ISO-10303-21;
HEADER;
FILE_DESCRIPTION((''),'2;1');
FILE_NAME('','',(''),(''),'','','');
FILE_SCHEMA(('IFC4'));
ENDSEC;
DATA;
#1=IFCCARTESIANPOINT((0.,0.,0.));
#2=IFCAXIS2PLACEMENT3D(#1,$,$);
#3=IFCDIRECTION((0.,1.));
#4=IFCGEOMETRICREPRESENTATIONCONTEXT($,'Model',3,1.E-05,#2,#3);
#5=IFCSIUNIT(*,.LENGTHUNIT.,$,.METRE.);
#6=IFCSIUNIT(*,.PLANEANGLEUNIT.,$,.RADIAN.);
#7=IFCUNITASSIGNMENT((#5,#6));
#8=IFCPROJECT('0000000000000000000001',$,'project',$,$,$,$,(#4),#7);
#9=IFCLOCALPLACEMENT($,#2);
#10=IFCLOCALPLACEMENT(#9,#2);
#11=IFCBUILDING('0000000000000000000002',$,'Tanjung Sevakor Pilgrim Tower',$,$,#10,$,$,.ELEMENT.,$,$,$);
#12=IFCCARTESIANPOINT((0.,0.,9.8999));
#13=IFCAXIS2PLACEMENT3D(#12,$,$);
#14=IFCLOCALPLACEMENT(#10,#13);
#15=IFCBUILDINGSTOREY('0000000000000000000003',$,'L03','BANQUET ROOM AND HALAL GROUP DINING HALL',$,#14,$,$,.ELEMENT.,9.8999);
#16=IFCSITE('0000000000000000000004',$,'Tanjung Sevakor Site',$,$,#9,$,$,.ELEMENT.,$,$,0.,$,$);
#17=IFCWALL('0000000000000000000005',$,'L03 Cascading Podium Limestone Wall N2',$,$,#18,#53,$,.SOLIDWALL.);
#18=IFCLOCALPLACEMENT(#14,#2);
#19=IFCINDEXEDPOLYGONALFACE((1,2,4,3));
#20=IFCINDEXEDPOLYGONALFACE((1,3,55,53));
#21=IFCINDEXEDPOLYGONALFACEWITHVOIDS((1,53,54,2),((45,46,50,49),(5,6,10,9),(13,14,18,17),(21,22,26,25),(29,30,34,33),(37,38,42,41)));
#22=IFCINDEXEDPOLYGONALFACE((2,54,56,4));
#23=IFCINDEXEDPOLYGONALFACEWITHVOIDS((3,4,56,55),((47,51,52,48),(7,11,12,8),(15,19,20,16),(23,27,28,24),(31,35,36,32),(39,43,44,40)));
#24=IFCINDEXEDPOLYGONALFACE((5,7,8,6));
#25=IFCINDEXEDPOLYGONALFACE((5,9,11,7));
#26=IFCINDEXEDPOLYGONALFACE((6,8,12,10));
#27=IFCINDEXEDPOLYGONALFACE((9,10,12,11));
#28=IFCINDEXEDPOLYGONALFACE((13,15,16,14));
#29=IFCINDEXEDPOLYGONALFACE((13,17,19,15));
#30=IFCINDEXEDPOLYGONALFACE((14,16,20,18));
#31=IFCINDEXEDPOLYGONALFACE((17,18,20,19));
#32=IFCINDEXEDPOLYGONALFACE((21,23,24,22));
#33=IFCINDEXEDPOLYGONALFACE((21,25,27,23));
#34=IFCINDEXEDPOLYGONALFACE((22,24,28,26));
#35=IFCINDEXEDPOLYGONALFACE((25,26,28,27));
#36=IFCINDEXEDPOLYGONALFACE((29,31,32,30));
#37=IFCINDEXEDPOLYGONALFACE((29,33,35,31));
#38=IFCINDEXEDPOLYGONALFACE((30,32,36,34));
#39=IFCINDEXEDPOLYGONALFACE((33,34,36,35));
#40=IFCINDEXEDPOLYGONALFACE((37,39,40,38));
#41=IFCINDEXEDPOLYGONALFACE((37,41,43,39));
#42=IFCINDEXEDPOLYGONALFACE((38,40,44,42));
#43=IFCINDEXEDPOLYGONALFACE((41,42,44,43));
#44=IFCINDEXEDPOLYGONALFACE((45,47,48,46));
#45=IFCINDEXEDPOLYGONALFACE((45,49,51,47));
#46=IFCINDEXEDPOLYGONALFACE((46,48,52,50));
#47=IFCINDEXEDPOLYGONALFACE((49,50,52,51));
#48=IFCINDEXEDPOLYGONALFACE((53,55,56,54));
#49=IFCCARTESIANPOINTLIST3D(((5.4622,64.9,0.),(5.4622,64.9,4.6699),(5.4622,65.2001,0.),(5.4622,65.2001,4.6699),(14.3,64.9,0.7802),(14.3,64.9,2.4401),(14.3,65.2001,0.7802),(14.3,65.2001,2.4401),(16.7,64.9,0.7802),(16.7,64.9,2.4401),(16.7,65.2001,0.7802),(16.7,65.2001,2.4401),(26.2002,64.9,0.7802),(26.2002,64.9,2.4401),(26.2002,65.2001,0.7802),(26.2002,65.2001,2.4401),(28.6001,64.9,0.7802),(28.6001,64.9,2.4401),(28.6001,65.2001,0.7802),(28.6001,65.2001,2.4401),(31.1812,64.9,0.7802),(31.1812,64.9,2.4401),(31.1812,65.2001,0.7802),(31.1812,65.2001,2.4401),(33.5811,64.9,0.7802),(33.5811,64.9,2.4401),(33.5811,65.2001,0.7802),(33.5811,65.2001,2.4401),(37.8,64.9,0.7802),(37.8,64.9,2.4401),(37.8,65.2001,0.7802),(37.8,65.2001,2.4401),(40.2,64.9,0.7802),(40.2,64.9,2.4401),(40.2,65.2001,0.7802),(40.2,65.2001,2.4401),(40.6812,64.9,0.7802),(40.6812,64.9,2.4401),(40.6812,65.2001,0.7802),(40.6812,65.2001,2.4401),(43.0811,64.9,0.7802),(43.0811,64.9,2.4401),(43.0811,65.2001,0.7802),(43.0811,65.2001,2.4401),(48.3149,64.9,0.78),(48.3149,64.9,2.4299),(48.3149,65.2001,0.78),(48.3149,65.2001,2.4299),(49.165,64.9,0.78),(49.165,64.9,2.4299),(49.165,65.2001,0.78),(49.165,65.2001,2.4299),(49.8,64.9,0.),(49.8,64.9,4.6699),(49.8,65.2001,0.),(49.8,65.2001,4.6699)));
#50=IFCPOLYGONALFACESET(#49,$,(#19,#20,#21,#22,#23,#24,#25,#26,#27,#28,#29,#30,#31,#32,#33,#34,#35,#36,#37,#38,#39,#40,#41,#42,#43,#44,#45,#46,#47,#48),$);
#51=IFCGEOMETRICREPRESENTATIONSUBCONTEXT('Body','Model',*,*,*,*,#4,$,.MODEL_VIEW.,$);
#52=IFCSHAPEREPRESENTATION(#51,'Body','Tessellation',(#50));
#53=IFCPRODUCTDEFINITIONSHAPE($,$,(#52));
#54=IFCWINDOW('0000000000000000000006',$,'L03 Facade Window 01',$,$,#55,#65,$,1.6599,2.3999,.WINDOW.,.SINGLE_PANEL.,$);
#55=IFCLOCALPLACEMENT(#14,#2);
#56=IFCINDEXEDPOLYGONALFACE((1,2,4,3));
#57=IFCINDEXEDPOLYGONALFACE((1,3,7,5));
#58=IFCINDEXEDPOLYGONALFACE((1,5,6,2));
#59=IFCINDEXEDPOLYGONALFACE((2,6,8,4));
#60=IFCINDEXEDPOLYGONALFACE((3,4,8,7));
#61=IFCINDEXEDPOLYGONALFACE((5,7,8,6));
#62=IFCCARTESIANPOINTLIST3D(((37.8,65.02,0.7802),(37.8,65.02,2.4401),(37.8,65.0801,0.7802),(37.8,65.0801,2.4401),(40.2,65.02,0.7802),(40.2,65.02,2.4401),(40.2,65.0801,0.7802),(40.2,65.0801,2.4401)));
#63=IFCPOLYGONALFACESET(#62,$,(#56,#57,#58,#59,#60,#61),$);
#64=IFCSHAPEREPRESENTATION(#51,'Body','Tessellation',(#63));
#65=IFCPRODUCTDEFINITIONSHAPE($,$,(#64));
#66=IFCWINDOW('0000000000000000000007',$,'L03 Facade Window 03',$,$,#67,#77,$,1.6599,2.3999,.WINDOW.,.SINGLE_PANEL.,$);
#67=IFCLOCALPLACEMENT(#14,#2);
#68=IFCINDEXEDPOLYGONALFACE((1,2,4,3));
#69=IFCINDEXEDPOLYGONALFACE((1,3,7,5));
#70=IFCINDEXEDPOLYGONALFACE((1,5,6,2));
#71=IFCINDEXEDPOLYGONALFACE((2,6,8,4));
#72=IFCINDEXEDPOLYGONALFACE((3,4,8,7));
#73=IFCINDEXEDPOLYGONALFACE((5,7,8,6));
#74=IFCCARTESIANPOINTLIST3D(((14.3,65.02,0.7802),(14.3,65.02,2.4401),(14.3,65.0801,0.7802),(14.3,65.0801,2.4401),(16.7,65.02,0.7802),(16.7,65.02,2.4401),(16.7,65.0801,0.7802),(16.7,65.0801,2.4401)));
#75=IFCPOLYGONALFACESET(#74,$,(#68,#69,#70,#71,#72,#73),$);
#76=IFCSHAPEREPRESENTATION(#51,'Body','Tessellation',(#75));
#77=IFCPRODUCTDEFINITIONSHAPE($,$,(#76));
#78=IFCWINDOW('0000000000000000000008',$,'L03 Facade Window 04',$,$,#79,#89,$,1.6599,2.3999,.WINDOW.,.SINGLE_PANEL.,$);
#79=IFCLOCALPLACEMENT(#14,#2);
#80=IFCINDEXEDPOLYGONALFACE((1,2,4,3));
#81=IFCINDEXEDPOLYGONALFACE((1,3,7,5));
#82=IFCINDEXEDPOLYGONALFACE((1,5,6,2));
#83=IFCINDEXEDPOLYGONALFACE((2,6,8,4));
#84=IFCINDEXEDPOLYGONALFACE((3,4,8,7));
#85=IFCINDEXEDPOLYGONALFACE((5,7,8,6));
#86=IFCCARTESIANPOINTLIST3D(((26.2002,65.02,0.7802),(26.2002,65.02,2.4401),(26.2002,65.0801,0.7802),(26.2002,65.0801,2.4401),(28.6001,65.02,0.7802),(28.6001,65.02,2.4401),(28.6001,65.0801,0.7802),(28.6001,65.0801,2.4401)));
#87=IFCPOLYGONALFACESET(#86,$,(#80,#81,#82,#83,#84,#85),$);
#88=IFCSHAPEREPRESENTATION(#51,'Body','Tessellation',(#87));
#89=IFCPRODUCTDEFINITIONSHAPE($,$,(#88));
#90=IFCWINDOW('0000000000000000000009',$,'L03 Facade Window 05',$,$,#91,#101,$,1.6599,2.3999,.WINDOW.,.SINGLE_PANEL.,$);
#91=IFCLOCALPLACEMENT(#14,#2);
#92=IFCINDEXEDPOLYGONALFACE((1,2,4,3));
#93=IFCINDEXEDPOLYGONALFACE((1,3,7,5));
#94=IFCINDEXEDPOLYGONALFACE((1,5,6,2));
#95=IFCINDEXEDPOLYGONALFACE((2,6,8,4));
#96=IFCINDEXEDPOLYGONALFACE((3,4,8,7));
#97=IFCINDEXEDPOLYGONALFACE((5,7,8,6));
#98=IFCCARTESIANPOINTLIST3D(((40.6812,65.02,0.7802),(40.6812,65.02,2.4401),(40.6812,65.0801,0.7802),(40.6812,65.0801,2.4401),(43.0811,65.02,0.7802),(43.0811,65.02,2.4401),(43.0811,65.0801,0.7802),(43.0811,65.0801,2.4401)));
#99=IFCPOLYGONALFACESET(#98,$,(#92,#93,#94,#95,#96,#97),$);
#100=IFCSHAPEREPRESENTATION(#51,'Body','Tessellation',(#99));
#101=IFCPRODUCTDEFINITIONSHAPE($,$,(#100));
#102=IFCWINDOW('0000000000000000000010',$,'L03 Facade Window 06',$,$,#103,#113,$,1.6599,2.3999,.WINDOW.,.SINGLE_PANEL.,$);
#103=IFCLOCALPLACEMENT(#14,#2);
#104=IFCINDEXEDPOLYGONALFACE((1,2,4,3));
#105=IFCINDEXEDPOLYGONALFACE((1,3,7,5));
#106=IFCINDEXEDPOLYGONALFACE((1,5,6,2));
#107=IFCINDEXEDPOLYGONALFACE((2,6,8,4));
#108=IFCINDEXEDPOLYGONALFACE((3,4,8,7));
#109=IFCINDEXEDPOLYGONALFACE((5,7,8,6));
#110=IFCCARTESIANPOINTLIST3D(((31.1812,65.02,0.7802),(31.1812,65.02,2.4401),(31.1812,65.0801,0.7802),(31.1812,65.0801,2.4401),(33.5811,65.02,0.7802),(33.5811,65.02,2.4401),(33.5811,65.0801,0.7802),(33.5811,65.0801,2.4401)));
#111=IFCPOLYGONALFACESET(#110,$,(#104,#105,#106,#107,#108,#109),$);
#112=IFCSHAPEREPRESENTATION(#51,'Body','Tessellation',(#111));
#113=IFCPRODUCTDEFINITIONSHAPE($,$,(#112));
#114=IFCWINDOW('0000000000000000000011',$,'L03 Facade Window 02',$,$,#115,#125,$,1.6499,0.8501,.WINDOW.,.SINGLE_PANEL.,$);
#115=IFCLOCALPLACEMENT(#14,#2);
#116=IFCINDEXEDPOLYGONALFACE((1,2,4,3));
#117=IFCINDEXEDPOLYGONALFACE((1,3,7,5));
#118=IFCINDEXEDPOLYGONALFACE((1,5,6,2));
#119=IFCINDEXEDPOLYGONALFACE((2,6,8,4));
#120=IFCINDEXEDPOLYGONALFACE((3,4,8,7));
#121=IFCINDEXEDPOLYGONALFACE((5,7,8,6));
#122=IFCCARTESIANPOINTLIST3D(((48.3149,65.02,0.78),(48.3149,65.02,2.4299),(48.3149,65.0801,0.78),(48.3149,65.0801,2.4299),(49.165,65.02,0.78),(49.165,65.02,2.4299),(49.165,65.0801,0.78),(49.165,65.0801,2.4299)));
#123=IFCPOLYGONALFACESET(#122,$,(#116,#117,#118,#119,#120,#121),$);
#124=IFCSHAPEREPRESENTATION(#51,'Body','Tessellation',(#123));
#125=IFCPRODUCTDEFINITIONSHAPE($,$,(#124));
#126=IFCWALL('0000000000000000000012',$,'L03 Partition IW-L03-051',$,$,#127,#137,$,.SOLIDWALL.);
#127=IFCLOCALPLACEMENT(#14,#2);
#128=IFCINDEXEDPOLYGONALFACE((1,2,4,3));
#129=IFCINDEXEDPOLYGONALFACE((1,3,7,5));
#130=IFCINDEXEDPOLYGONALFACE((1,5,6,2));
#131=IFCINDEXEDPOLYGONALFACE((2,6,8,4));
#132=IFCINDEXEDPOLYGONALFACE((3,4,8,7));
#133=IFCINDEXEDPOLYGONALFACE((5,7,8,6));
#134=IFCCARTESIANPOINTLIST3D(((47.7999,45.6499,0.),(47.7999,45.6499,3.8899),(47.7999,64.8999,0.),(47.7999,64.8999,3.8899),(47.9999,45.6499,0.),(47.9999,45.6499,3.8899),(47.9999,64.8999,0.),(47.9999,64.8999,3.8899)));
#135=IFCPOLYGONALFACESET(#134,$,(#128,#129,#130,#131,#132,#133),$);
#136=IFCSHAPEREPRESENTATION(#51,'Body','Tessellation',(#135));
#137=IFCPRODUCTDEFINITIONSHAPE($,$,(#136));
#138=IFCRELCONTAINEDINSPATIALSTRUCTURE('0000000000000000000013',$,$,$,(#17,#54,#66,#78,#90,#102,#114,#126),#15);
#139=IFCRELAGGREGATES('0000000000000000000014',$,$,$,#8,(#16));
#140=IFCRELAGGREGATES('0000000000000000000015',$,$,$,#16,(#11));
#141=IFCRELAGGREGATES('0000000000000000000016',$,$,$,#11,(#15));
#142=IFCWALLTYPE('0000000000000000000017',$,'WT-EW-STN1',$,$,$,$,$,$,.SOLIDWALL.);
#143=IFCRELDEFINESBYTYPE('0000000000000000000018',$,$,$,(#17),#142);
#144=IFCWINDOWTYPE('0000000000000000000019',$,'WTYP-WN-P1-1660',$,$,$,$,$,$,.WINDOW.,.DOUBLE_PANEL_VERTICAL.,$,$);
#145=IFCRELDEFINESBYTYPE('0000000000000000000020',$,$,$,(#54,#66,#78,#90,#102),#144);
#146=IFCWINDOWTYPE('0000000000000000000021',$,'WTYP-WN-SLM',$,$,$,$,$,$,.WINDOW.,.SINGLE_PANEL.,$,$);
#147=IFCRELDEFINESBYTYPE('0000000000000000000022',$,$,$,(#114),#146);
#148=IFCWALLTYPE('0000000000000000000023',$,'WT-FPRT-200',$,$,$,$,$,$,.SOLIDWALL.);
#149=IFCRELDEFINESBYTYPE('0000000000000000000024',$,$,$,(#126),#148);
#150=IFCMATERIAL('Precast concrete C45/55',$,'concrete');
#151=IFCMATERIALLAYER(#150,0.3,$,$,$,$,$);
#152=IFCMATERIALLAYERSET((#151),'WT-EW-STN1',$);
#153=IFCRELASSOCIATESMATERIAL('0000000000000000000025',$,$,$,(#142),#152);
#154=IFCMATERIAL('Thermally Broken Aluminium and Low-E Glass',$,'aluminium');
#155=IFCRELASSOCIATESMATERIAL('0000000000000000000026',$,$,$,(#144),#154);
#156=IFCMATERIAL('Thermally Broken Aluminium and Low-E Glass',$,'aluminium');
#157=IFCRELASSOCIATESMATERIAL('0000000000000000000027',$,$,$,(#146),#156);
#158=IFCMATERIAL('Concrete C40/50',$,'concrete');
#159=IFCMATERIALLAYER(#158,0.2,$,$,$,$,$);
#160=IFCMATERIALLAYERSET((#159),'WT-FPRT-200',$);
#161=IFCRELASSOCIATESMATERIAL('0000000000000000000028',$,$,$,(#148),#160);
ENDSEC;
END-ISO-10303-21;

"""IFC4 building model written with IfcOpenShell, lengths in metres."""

from ifc_helpers import new_model, si_unit, direction, frame, frame_2d, origin, place, context, subcontext, project, spatial, rectangle, extrude, material, layer, layer_set, type_object, element, fill, save


model = new_model("IFC4")

# Units and contexts
model_context = context("Model", 3, precision=1e-05, world=origin(), true_north=direction((0.0, 1.0)))
body_context = subcontext(model_context, "Body", "Model", "MODEL_VIEW")
ifc_project = project(units=[si_unit("LENGTHUNIT", "METRE"), si_unit("PLANEANGLEUNIT", "RADIAN")], contexts=[model_context])

# Site, building, storey
site_placement = place(None, origin())
site = spatial("IfcSite", under=ifc_project, at=site_placement, Name="Tanjung Sevakor Site", CompositionType="ELEMENT", RefElevation=0.0)
building_placement = place(site_placement, origin())
building = spatial("IfcBuilding", under=site, at=building_placement, Name="Tanjung Sevakor Pilgrim Tower", CompositionType="ELEMENT")
storey_placement = place(building_placement, frame((0.0, 0.0, 9.8999)))
storey = spatial("IfcBuildingStorey", under=building, at=storey_placement, Name="L03", Description="BANQUET ROOM AND HALAL GROUP DINING HALL", CompositionType="ELEMENT", Elevation=9.8999)

# Wall, openings, windows
ifc_material_1 = material(Name="Precast concrete C45/55", Category="concrete")
ifc_layer_1 = layer(ifc_material_1, 0.3)
ifc_layer_set_1 = layer_set([ifc_layer_1], Name="WT-EW-STN1")
wall_type_1 = type_object("IfcWallType", Name="WT-EW-STN1", PredefinedType="SOLIDWALL", material=ifc_layer_set_1)
wall_1_placement = place(storey_placement, frame((49.8, 65.05, 0.0), z_axis=(0.0, 0.0, 1.0), x_axis=(-1.0, 0.0, 0.0)))
wall_1 = element("IfcWall", 1, at=wall_1_placement, inside=storey, type_object=wall_type_1, Name="L03 Cascading Podium Limestone Wall N2", PredefinedType="SOLIDWALL", context=body_context, shape_type="SweptSolid", body=[
    extrude(rectangle(XDim=44.3379, YDim=0.3, at=frame_2d((22.1689, 0.0))), origin(), (0.0, 0.0, 1.0), 4.6699),
])
opening_1_placement = place(wall_1_placement, frame((9.6001, 0.0, 0.78)))
opening_1 = element("IfcOpeningElement", 2, at=opening_1_placement, cuts=wall_1, PredefinedType="OPENING", context=body_context, shape_type="SweptSolid", body=[
    extrude(rectangle(XDim=2.3999, YDim=1.6599, at=frame_2d((1.2, 0.8301))), frame((0.0, 0.1599, 0.0), z_axis=(0.0, -1.0, 0.0), x_axis=(1.0, 0.0, 0.0)), (0.0, 0.0, 1.0), 0.3201),
])
opening_2_placement = place(wall_1_placement, frame((0.635, 0.0, 0.78)))
opening_2 = element("IfcOpeningElement", 3, at=opening_2_placement, cuts=wall_1, PredefinedType="OPENING", context=body_context, shape_type="SweptSolid", body=[
    extrude(rectangle(XDim=0.8501, YDim=1.6499, at=frame_2d((0.425, 0.825))), frame((0.0, 0.1599, 0.0), z_axis=(0.0, -1.0, 0.0), x_axis=(1.0, 0.0, 0.0)), (0.0, 0.0, 1.0), 0.3201),
])
opening_3_placement = place(wall_1_placement, frame((33.1001, 0.0, 0.78)))
opening_3 = element("IfcOpeningElement", 4, at=opening_3_placement, cuts=wall_1, PredefinedType="OPENING", context=body_context, shape_type="SweptSolid", body=[
    extrude(rectangle(XDim=2.3999, YDim=1.6599, at=frame_2d((1.2, 0.8301))), frame((0.0, 0.1599, 0.0), z_axis=(0.0, -1.0, 0.0), x_axis=(1.0, 0.0, 0.0)), (0.0, 0.0, 1.0), 0.3201),
])
opening_4_placement = place(wall_1_placement, frame((21.2, 0.0, 0.78)))
opening_4 = element("IfcOpeningElement", 5, at=opening_4_placement, cuts=wall_1, PredefinedType="OPENING", context=body_context, shape_type="SweptSolid", body=[
    extrude(rectangle(XDim=2.3999, YDim=1.6599, at=frame_2d((1.2, 0.8301))), frame((0.0, 0.1599, 0.0), z_axis=(0.0, -1.0, 0.0), x_axis=(1.0, 0.0, 0.0)), (0.0, 0.0, 1.0), 0.3201),
])
opening_5_placement = place(wall_1_placement, frame((6.719, 0.0, 0.78)))
opening_5 = element("IfcOpeningElement", 6, at=opening_5_placement, cuts=wall_1, PredefinedType="OPENING", context=body_context, shape_type="SweptSolid", body=[
    extrude(rectangle(XDim=2.3999, YDim=1.6599, at=frame_2d((1.2, 0.8301))), frame((0.0, 0.1599, 0.0), z_axis=(0.0, -1.0, 0.0), x_axis=(1.0, 0.0, 0.0)), (0.0, 0.0, 1.0), 0.3201),
])
opening_6_placement = place(wall_1_placement, frame((16.219, 0.0, 0.78)))
opening_6 = element("IfcOpeningElement", 7, at=opening_6_placement, cuts=wall_1, PredefinedType="OPENING", context=body_context, shape_type="SweptSolid", body=[
    extrude(rectangle(XDim=2.3999, YDim=1.6599, at=frame_2d((1.2, 0.8301))), frame((0.0, 0.1599, 0.0), z_axis=(0.0, -1.0, 0.0), x_axis=(1.0, 0.0, 0.0)), (0.0, 0.0, 1.0), 0.3201),
])
ifc_material_2 = material(Name="Thermally Broken Aluminium and Low-E Glass", Category="aluminium")
window_type_1 = type_object("IfcWindowType", Name="WTYP-WN-P1-1660", PartitioningType="DOUBLE_PANEL_VERTICAL", PredefinedType="WINDOW", material=ifc_material_2)
window_1_placement = place(opening_1_placement, origin())
window_1 = element("IfcWindow", 8, at=window_1_placement, inside=storey, type_object=window_type_1, Name="L03 Facade Window 01", OverallHeight=1.6599, OverallWidth=2.3999, PartitioningType="SINGLE_PANEL", PredefinedType="WINDOW", context=body_context, shape_type="SweptSolid", body=[
    extrude(rectangle(XDim=2.3999, YDim=1.6599, at=frame_2d((1.2, 0.8301))), frame((0.0, 0.03, 0.0), z_axis=(0.0, -1.0, 0.0), x_axis=(1.0, 0.0, 0.0)), (0.0, 0.0, 1.0), 0.0601),
])
fill(opening_1, window_1)
window_2_placement = place(opening_3_placement, origin())
window_2 = element("IfcWindow", 9, at=window_2_placement, inside=storey, type_object=window_type_1, Name="L03 Facade Window 03", OverallHeight=1.6599, OverallWidth=2.3999, PartitioningType="SINGLE_PANEL", PredefinedType="WINDOW", context=body_context, shape_type="SweptSolid", body=[
    extrude(rectangle(XDim=2.3999, YDim=1.6599, at=frame_2d((1.2, 0.8301))), frame((0.0, 0.03, 0.0), z_axis=(0.0, -1.0, 0.0), x_axis=(1.0, 0.0, 0.0)), (0.0, 0.0, 1.0), 0.0601),
])
fill(opening_3, window_2)
window_3_placement = place(opening_4_placement, origin())
window_3 = element("IfcWindow", 10, at=window_3_placement, inside=storey, type_object=window_type_1, Name="L03 Facade Window 04", OverallHeight=1.6599, OverallWidth=2.3999, PartitioningType="SINGLE_PANEL", PredefinedType="WINDOW", context=body_context, shape_type="SweptSolid", body=[
    extrude(rectangle(XDim=2.3999, YDim=1.6599, at=frame_2d((1.2, 0.8301))), frame((0.0, 0.03, 0.0), z_axis=(0.0, -1.0, 0.0), x_axis=(1.0, 0.0, 0.0)), (0.0, 0.0, 1.0), 0.0601),
])
fill(opening_4, window_3)
window_4_placement = place(opening_5_placement, origin())
window_4 = element("IfcWindow", 11, at=window_4_placement, inside=storey, type_object=window_type_1, Name="L03 Facade Window 05", OverallHeight=1.6599, OverallWidth=2.3999, PartitioningType="SINGLE_PANEL", PredefinedType="WINDOW", context=body_context, shape_type="SweptSolid", body=[
    extrude(rectangle(XDim=2.3999, YDim=1.6599, at=frame_2d((1.2, 0.8301))), frame((0.0, 0.03, 0.0), z_axis=(0.0, -1.0, 0.0), x_axis=(1.0, 0.0, 0.0)), (0.0, 0.0, 1.0), 0.0601),
])
fill(opening_5, window_4)
window_5_placement = place(opening_6_placement, origin())
window_5 = element("IfcWindow", 12, at=window_5_placement, inside=storey, type_object=window_type_1, Name="L03 Facade Window 06", OverallHeight=1.6599, OverallWidth=2.3999, PartitioningType="SINGLE_PANEL", PredefinedType="WINDOW", context=body_context, shape_type="SweptSolid", body=[
    extrude(rectangle(XDim=2.3999, YDim=1.6599, at=frame_2d((1.2, 0.8301))), frame((0.0, 0.03, 0.0), z_axis=(0.0, -1.0, 0.0), x_axis=(1.0, 0.0, 0.0)), (0.0, 0.0, 1.0), 0.0601),
])
fill(opening_6, window_5)
ifc_material_3 = material(Name="Thermally Broken Aluminium and Low-E Glass", Category="aluminium")
window_type_2 = type_object("IfcWindowType", Name="WTYP-WN-SLM", PartitioningType="SINGLE_PANEL", PredefinedType="WINDOW", material=ifc_material_3)
window_6_placement = place(opening_2_placement, origin())
window_6 = element("IfcWindow", 13, at=window_6_placement, inside=storey, type_object=window_type_2, Name="L03 Facade Window 02", OverallHeight=1.6499, OverallWidth=0.8501, PartitioningType="SINGLE_PANEL", PredefinedType="WINDOW", context=body_context, shape_type="SweptSolid", body=[
    extrude(rectangle(XDim=0.8501, YDim=1.6499, at=frame_2d((0.425, 0.825))), frame((0.0, 0.03, 0.0), z_axis=(0.0, -1.0, 0.0), x_axis=(1.0, 0.0, 0.0)), (0.0, 0.0, 1.0), 0.0601),
])
fill(opening_2, window_6)

# Wall
ifc_material_4 = material(Name="Concrete C40/50", Category="concrete")
ifc_layer_2 = layer(ifc_material_4, 0.2)
ifc_layer_set_2 = layer_set([ifc_layer_2], Name="WT-FPRT-200")
wall_type_2 = type_object("IfcWallType", Name="WT-FPRT-200", PredefinedType="SOLIDWALL", material=ifc_layer_set_2)
wall_2_placement = place(storey_placement, frame((47.8999, 45.6499, 0.0), z_axis=(0.0, 0.0, 1.0), x_axis=(0.0, 1.0, 0.0)))
element("IfcWall", 14, at=wall_2_placement, inside=storey, type_object=wall_type_2, Name="L03 Partition IW-L03-051", PredefinedType="SOLIDWALL", context=body_context, shape_type="SweptSolid", body=[
    extrude(rectangle(XDim=19.25, YDim=0.2, at=frame_2d((9.625, 0.0))), origin(), (0.0, 0.0, 1.0), 3.8899),
])

save(model, "model.ifc")
